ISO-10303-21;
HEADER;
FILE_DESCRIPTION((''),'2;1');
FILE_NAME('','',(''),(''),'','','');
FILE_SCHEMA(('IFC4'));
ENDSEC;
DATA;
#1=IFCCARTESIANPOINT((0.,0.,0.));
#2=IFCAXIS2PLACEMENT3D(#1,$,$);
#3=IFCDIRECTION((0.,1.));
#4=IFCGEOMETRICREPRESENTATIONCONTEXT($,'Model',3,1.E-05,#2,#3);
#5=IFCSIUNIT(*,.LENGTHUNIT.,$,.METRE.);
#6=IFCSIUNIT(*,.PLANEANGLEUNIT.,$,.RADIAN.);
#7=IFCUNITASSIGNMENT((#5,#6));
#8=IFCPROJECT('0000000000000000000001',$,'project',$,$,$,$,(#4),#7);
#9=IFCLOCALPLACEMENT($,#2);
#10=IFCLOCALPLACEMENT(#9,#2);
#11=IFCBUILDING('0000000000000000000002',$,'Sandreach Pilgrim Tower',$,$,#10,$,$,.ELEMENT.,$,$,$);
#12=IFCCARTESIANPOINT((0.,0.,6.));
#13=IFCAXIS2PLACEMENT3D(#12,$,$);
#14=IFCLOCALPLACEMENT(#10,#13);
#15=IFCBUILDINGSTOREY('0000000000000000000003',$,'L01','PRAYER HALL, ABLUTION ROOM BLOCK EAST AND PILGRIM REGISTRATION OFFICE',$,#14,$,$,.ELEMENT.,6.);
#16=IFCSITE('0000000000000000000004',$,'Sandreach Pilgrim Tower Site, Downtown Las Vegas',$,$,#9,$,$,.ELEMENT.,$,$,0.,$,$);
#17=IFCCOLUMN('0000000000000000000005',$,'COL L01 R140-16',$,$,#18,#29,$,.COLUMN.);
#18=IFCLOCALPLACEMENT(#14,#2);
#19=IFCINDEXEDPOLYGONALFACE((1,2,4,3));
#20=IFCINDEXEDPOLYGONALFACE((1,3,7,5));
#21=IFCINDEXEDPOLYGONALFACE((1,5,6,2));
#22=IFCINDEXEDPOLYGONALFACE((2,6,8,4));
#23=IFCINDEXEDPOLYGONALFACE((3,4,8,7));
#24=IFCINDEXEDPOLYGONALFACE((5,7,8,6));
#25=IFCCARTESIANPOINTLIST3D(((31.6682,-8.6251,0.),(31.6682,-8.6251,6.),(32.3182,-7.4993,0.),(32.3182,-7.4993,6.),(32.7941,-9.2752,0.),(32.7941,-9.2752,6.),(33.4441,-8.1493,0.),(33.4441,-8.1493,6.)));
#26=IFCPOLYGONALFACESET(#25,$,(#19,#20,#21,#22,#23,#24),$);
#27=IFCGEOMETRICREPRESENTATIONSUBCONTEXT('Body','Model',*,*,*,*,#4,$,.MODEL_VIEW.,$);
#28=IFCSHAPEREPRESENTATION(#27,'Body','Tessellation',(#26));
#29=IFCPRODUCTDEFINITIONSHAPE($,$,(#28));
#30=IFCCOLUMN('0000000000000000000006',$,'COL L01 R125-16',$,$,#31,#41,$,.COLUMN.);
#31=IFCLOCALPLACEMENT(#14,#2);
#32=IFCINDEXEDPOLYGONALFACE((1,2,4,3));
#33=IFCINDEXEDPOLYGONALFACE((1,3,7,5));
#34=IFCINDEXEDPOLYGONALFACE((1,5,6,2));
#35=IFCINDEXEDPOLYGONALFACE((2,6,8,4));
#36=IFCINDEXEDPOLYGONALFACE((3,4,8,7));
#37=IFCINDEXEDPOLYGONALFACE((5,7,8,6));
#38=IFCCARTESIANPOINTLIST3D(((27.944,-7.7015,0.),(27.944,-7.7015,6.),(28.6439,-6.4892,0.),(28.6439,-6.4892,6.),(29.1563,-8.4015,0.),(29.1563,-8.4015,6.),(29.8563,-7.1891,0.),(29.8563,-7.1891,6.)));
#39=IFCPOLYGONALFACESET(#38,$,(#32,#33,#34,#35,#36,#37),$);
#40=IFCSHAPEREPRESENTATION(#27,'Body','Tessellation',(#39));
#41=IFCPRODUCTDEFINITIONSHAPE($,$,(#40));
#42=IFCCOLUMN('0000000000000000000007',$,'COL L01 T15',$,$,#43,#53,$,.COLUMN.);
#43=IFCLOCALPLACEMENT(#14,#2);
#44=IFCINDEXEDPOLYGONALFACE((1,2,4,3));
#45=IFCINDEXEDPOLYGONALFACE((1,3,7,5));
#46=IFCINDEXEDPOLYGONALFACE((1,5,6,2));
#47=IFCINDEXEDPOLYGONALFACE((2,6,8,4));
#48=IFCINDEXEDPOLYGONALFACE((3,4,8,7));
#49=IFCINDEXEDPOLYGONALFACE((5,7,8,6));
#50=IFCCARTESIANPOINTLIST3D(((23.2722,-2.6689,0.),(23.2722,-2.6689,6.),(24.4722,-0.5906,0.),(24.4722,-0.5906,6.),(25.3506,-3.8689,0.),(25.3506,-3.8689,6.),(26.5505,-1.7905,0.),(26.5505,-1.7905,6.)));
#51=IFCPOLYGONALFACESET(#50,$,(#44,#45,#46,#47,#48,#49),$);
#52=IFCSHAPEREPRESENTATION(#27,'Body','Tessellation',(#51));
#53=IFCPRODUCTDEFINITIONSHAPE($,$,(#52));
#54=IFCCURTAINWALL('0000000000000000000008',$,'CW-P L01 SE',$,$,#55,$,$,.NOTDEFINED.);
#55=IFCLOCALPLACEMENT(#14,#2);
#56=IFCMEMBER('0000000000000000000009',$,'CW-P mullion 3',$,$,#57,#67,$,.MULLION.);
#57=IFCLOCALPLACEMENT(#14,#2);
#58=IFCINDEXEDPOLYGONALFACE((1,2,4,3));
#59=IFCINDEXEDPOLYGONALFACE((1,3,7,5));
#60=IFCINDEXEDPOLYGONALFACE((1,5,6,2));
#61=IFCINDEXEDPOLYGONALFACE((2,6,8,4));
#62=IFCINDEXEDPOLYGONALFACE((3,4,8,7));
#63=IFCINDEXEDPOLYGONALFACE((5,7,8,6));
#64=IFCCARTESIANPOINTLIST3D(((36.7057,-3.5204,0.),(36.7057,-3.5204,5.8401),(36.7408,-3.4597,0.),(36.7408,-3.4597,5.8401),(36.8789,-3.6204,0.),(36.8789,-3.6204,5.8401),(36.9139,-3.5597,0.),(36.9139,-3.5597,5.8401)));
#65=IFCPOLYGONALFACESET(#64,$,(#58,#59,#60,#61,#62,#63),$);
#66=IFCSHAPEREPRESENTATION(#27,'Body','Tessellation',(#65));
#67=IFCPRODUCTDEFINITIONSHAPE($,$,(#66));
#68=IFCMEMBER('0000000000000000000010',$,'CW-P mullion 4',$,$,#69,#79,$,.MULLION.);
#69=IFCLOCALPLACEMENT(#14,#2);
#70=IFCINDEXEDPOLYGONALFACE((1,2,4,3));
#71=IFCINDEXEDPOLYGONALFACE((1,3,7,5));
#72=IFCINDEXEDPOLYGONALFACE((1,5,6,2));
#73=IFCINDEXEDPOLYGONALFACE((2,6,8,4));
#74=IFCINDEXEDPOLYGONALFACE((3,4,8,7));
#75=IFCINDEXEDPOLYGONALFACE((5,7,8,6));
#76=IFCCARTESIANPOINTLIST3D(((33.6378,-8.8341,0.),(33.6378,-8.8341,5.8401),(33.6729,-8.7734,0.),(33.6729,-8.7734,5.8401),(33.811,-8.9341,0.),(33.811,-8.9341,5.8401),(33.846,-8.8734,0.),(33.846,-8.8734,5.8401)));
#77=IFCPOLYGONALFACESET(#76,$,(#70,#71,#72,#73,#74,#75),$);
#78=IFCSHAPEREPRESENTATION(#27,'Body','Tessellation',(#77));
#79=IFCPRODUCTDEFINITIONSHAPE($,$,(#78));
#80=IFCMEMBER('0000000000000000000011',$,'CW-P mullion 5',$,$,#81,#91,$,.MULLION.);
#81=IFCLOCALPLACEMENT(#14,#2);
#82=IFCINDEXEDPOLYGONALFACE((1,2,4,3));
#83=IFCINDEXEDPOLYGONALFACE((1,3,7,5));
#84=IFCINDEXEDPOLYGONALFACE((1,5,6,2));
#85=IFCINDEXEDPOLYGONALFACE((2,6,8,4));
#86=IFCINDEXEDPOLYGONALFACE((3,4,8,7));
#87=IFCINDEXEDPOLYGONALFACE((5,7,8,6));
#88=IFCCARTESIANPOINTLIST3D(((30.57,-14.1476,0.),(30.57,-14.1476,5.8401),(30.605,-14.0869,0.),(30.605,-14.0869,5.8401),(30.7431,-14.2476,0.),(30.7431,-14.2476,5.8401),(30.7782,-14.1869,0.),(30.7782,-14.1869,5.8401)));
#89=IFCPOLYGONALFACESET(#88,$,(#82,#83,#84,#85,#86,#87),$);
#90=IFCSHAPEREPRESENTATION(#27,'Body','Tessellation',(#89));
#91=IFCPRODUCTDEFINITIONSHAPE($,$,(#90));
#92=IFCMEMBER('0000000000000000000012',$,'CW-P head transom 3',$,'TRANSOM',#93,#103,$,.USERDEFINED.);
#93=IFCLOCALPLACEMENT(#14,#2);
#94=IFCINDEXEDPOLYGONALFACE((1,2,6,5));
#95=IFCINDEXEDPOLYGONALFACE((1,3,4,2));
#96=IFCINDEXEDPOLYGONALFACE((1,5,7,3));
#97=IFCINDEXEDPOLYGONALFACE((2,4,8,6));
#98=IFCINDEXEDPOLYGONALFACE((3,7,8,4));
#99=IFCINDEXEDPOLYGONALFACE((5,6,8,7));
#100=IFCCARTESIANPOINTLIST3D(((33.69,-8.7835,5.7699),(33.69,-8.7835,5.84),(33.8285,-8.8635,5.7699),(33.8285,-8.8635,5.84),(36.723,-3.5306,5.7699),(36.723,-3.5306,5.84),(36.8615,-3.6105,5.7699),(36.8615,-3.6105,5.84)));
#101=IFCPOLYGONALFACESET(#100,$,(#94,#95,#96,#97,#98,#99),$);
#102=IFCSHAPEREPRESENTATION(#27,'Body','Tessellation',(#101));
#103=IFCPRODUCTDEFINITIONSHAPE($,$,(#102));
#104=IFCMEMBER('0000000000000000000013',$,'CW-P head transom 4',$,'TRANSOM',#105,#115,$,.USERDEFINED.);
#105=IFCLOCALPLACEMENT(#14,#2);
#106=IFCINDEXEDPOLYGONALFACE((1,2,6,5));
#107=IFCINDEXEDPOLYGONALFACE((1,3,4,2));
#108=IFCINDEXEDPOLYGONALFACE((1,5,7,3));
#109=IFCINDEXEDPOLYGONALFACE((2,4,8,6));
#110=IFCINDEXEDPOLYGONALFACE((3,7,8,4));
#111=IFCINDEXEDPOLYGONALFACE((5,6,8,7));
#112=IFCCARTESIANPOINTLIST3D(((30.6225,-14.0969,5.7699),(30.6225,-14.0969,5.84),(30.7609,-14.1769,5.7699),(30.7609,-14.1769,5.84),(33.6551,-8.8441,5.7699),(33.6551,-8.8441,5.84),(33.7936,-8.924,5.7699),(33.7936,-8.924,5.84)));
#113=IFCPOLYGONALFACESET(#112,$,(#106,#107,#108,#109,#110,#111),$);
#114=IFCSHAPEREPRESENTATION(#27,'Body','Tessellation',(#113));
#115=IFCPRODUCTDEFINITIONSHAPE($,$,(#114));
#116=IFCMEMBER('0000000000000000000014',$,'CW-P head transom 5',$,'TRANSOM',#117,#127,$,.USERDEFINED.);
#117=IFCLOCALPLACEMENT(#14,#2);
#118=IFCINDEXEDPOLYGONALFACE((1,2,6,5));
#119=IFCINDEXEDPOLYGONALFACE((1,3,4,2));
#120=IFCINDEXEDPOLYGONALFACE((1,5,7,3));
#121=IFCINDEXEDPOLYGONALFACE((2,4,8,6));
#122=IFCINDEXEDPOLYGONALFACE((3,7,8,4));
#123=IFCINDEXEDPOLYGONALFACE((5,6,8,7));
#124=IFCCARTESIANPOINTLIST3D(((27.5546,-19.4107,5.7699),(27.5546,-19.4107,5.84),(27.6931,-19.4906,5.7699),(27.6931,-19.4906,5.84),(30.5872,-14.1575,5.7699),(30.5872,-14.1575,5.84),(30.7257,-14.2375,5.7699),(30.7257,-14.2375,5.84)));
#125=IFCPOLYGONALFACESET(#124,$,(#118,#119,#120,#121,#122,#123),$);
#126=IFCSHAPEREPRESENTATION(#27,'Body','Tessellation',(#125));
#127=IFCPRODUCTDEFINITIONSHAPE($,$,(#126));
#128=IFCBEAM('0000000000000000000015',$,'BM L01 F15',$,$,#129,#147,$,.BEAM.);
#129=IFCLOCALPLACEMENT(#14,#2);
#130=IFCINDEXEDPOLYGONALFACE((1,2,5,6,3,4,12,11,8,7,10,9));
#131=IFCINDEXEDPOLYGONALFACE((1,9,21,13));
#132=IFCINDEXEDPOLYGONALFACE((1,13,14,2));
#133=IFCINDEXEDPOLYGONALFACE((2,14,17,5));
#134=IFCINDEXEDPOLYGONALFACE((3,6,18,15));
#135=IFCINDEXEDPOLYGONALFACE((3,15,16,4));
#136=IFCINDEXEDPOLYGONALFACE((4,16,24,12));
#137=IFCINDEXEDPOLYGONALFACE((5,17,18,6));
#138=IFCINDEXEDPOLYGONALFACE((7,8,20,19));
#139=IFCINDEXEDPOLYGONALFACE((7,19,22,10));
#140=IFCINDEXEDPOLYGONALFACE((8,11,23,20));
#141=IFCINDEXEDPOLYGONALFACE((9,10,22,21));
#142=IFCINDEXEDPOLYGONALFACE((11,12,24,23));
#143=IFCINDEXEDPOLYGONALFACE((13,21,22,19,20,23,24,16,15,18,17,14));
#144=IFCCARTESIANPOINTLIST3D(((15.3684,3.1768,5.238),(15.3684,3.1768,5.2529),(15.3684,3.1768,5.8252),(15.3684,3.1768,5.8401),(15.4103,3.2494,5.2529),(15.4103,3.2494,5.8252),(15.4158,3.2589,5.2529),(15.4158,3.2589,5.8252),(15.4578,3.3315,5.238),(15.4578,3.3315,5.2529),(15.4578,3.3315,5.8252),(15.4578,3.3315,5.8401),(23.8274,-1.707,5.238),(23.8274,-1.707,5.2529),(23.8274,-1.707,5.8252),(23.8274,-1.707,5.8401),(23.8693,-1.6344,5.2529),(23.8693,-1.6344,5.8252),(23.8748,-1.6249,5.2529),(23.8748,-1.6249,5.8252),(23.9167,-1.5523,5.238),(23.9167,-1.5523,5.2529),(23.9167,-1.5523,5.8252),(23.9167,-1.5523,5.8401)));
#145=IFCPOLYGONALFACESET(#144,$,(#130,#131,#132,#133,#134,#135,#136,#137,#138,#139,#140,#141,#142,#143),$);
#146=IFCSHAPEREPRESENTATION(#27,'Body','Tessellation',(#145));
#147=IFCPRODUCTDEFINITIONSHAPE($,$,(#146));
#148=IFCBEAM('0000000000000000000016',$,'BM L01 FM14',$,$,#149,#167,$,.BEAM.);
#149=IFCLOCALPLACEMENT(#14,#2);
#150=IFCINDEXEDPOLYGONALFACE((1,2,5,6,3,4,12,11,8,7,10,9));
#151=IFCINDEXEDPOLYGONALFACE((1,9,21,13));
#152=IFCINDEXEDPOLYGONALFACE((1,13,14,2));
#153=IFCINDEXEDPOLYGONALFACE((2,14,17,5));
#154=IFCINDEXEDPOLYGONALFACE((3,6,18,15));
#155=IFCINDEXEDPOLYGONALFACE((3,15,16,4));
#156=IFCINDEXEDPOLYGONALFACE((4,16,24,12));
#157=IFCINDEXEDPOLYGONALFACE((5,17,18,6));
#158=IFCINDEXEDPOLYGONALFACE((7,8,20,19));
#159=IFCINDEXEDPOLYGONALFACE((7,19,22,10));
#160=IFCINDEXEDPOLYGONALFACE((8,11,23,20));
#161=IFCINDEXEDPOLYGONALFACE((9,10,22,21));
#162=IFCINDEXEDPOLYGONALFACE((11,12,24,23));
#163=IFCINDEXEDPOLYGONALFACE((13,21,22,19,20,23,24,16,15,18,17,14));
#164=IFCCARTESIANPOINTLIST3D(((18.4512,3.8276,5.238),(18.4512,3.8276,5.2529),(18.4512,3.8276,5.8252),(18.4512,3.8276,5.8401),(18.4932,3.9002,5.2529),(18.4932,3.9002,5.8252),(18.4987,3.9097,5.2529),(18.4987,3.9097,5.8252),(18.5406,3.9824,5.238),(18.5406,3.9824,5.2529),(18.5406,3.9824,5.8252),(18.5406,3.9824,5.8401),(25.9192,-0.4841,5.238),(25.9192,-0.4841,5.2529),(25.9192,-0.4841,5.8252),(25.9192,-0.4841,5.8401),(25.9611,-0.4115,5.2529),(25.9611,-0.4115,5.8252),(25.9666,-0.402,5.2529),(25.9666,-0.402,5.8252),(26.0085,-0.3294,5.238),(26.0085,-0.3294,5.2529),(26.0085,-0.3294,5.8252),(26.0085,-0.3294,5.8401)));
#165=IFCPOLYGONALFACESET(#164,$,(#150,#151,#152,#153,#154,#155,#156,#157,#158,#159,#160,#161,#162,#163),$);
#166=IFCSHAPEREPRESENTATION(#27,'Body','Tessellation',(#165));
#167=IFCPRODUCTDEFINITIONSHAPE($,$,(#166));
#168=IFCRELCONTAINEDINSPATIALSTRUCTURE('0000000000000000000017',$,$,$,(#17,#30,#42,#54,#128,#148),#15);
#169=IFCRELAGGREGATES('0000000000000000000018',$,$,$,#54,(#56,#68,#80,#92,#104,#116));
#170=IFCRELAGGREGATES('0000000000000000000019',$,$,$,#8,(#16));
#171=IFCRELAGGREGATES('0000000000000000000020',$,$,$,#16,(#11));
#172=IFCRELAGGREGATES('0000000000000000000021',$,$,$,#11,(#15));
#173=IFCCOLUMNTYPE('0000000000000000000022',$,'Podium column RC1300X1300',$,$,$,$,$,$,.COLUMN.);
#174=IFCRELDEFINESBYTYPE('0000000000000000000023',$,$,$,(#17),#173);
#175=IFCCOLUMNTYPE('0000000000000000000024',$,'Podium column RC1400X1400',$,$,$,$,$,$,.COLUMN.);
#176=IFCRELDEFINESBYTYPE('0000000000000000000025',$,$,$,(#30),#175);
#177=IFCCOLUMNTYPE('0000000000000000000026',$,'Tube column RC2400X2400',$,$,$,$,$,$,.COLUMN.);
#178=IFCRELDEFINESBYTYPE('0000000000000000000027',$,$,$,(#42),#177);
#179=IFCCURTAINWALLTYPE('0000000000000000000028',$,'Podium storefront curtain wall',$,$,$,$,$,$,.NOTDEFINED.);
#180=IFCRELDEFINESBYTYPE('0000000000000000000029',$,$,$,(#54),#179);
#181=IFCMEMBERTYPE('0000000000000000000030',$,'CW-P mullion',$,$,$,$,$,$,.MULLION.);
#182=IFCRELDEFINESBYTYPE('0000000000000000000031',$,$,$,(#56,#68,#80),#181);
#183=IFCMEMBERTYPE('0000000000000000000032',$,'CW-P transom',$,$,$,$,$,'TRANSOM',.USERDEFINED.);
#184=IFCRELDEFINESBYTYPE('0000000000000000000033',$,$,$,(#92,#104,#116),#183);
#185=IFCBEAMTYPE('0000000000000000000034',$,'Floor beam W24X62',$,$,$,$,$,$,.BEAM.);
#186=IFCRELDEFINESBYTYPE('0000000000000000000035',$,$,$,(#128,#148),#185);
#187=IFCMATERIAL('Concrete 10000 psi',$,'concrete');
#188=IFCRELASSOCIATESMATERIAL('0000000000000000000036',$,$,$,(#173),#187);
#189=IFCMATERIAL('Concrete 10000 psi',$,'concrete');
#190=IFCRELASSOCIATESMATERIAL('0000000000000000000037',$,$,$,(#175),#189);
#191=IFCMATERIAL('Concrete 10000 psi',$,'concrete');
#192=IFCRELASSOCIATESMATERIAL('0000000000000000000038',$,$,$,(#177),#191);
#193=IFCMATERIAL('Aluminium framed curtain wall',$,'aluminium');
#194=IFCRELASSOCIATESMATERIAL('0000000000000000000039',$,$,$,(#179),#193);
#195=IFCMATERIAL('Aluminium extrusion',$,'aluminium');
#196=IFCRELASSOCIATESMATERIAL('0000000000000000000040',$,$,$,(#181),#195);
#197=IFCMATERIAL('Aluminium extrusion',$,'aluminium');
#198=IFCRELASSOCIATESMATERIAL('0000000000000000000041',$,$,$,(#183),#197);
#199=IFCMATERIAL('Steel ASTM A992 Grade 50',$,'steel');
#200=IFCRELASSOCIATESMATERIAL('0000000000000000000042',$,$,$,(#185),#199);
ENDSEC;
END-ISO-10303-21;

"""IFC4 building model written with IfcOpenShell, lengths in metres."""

from ifc_helpers import new_model, si_unit, direction, frame, origin, origin_2d, place, context, subcontext, project, spatial, rectangle, i_section, extrude, material, material_profile, profile_set, type_object, element, aggregate, save


model = new_model("IFC4")

# Units and contexts
model_context = context("Model", 3, precision=1e-05, world=origin(), true_north=direction((0.0, 1.0)))
body_context = subcontext(model_context, "Body", "Model", "MODEL_VIEW")
ifc_project = project(units=[si_unit("LENGTHUNIT", "METRE"), si_unit("PLANEANGLEUNIT", "RADIAN")], contexts=[model_context])

# Site, building, storey
site_placement = place(None, origin())
site = spatial("IfcSite", under=ifc_project, at=site_placement, Name="Sandreach Pilgrim Tower Site, Downtown Las Vegas", CompositionType="ELEMENT", RefElevation=0.0)
building_placement = place(site_placement, origin())
building = spatial("IfcBuilding", under=site, at=building_placement, Name="Sandreach Pilgrim Tower", CompositionType="ELEMENT")
storey_placement = place(building_placement, frame((0.0, 0.0, 6.0)))
storey = spatial("IfcBuildingStorey", under=building, at=storey_placement, Name="L01", Description="PRAYER HALL, ABLUTION ROOM BLOCK EAST AND PILGRIM REGISTRATION OFFICE", CompositionType="ELEMENT", Elevation=6.0)

# Columns
ifc_material_1 = material(Name="Concrete 10000 psi", Category="concrete")
ifc_material_profile_1 = material_profile(ifc_material_1, rectangle(XDim=1.3, YDim=1.3, at=origin_2d()), Name="RC1300X1300")
ifc_profile_set_1 = profile_set([ifc_material_profile_1], Name="Concrete 10000 psi")
column_type_1 = type_object("IfcColumnType", Name="Podium column RC1300X1300", PredefinedType="COLUMN", material=ifc_profile_set_1)
column_1_placement = place(storey_placement, frame((32.5562, -8.3872, 0.0), z_axis=(0.0, 0.0, 1.0), x_axis=(0.866025, -0.5, 0.0)))
element("IfcColumn", 1, at=column_1_placement, inside=storey, type_object=column_type_1, Name="COL L01 R140-16", PredefinedType="COLUMN", context=body_context, shape_type="SweptSolid", body=[
    extrude(rectangle(XDim=1.3, YDim=1.3, at=origin_2d()), origin(), (0.0, 0.0, 1.0), 6.0),
])
ifc_material_2 = material(Name="Concrete 10000 psi", Category="concrete")
ifc_material_profile_2 = material_profile(ifc_material_2, rectangle(XDim=1.3999, YDim=1.3999, at=origin_2d()), Name="RC1400X1400")
ifc_profile_set_2 = profile_set([ifc_material_profile_2], Name="Concrete 10000 psi")
column_type_2 = type_object("IfcColumnType", Name="Podium column RC1400X1400", PredefinedType="COLUMN", material=ifc_profile_set_2)
column_2_placement = place(storey_placement, frame((28.9001, -7.4453, 0.0), z_axis=(0.0, 0.0, 1.0), x_axis=(0.866025, -0.5, 0.0)))
element("IfcColumn", 2, at=column_2_placement, inside=storey, type_object=column_type_2, Name="COL L01 R125-16", PredefinedType="COLUMN", context=body_context, shape_type="SweptSolid", body=[
    extrude(rectangle(XDim=1.3999, YDim=1.3999, at=origin_2d()), origin(), (0.0, 0.0, 1.0), 6.0),
])
ifc_material_3 = material(Name="Concrete 10000 psi", Category="concrete")
ifc_material_profile_3 = material_profile(ifc_material_3, rectangle(XDim=2.3999, YDim=2.3999, at=origin_2d()), Name="RC2400X2400")
ifc_profile_set_3 = profile_set([ifc_material_profile_3], Name="Concrete 10000 psi")
column_type_3 = type_object("IfcColumnType", Name="Tube column RC2400X2400", PredefinedType="COLUMN", material=ifc_profile_set_3)
column_3_placement = place(storey_placement, frame((24.9114, -2.2297, 0.0), z_axis=(0.0, 0.0, 1.0), x_axis=(0.866025, -0.5, 0.0)))
element("IfcColumn", 3, at=column_3_placement, inside=storey, type_object=column_type_3, Name="COL L01 T15", PredefinedType="COLUMN", context=body_context, shape_type="SweptSolid", body=[
    extrude(rectangle(XDim=2.3999, YDim=2.3999, at=origin_2d()), origin(), (0.0, 0.0, 1.0), 6.0),
])

# Curtain wall, members
ifc_material_4 = material(Name="Aluminium framed curtain wall", Category="aluminium")
curtain_wall_type = type_object("IfcCurtainWallType", Name="Podium storefront curtain wall", PredefinedType="NOTDEFINED", material=ifc_material_4)
curtain_wall_placement = place(storey_placement, origin())
curtain_wall = element("IfcCurtainWall", 4, at=curtain_wall_placement, inside=storey, type_object=curtain_wall_type, Name="CW-P L01 SE", PredefinedType="NOTDEFINED")
ifc_material_5 = material(Name="Aluminium extrusion", Category="aluminium")
ifc_material_profile_4 = material_profile(ifc_material_5, rectangle(XDim=0.0701, YDim=0.2, at=origin_2d()), Name="CW-PM 70X200")
ifc_profile_set_4 = profile_set([ifc_material_profile_4], Name="Aluminium extrusion")
member_type_1 = type_object("IfcMemberType", Name="CW-P mullion", PredefinedType="MULLION", material=ifc_profile_set_4)
member_1_placement = place(storey_placement, frame((36.8098, -3.54, 0.0), z_axis=(0.0, 0.0, 1.0), x_axis=(-0.5, -0.866025, 0.0)))
member_1 = element("IfcMember", 5, at=member_1_placement, type_object=member_type_1, Name="CW-P mullion 3", PredefinedType="MULLION", context=body_context, shape_type="SweptSolid", body=[
    extrude(rectangle(XDim=0.0701, YDim=0.2, at=origin_2d()), origin(), (0.0, 0.0, 1.0), 5.8401),
])
member_2_placement = place(storey_placement, frame((33.7419, -8.8538, 0.0), z_axis=(0.0, 0.0, 1.0), x_axis=(-0.5, -0.866025, 0.0)))
member_2 = element("IfcMember", 6, at=member_2_placement, type_object=member_type_1, Name="CW-P mullion 4", PredefinedType="MULLION", context=body_context, shape_type="SweptSolid", body=[
    extrude(rectangle(XDim=0.0701, YDim=0.2, at=origin_2d()), origin(), (0.0, 0.0, 1.0), 5.8401),
])
member_3_placement = place(storey_placement, frame((30.6741, -14.1672, 0.0), z_axis=(0.0, 0.0, 1.0), x_axis=(-0.5, -0.866025, 0.0)))
member_3 = element("IfcMember", 7, at=member_3_placement, type_object=member_type_1, Name="CW-P mullion 5", PredefinedType="MULLION", context=body_context, shape_type="SweptSolid", body=[
    extrude(rectangle(XDim=0.0701, YDim=0.2, at=origin_2d()), origin(), (0.0, 0.0, 1.0), 5.8401),
])
ifc_material_6 = material(Name="Aluminium extrusion", Category="aluminium")
ifc_material_profile_5 = material_profile(ifc_material_6, rectangle(XDim=0.1599, YDim=0.0701, at=origin_2d()), Name="CW-PT 160X70")
ifc_profile_set_5 = profile_set([ifc_material_profile_5], Name="Aluminium extrusion")
member_type_2 = type_object("IfcMemberType", Name="CW-P transom", ElementType="TRANSOM", PredefinedType="USERDEFINED", material=ifc_profile_set_5)
member_4_placement = place(storey_placement, frame((36.7922, -3.5706, 5.8049), z_axis=(-0.500022, -0.866013, 0.0), x_axis=(0.866013, -0.500022, 0.0)))
member_4 = element("IfcMember", 8, at=member_4_placement, type_object=member_type_2, Name="CW-P head transom 3", ObjectType="TRANSOM", PredefinedType="USERDEFINED", context=body_context, shape_type="SweptSolid", body=[
    extrude(rectangle(XDim=0.1599, YDim=0.0701, at=origin_2d()), origin(), (0.0, 0.0, 1.0), 6.0657),
])
member_5_placement = place(storey_placement, frame((33.7244, -8.884, 5.8049), z_axis=(-0.499992, -0.86603, 0.0), x_axis=(0.86603, -0.499992, 0.0)))
member_5 = element("IfcMember", 9, at=member_5_placement, type_object=member_type_2, Name="CW-P head transom 4", ObjectType="TRANSOM", PredefinedType="USERDEFINED", context=body_context, shape_type="SweptSolid", body=[
    extrude(rectangle(XDim=0.1599, YDim=0.0701, at=origin_2d()), origin(), (0.0, 0.0, 1.0), 6.0654),
])
member_6_placement = place(storey_placement, frame((30.6565, -14.1975, 5.8049), z_axis=(-0.499974, -0.86604, 0.0), x_axis=(0.86604, -0.499974, 0.0)))
member_6 = element("IfcMember", 10, at=member_6_placement, type_object=member_type_2, Name="CW-P head transom 5", ObjectType="TRANSOM", PredefinedType="USERDEFINED", context=body_context, shape_type="SweptSolid", body=[
    extrude(rectangle(XDim=0.1599, YDim=0.0701, at=origin_2d()), origin(), (0.0, 0.0, 1.0), 6.0657),
])

# Beams
ifc_material_7 = material(Name="Steel ASTM A992 Grade 50", Category="steel")
ifc_material_profile_6 = material_profile(ifc_material_7, i_section(OverallWidth=0.1787, OverallDepth=0.6021, WebThickness=0.011, FlangeThickness=0.0149, at=origin_2d()), Name="W24X62")
ifc_profile_set_6 = profile_set([ifc_material_profile_6], Name="Steel ASTM A992 Grade 50")
beam_type_1 = type_object("IfcBeamType", Name="Floor beam W24X62", PredefinedType="BEAM", material=ifc_profile_set_6)
beam_1_placement = place(storey_placement, frame((23.8721, -1.6296, 5.5391), z_axis=(-0.866026, 0.499999, 0.0), x_axis=(-0.499999, -0.866026, 0.0)))
element("IfcBeam", 11, at=beam_1_placement, inside=storey, type_object=beam_type_1, Name="BM L01 F15", PredefinedType="BEAM", context=body_context, shape_type="SweptSolid", body=[
    extrude(i_section(OverallWidth=0.1787, OverallDepth=0.6021, WebThickness=0.011, FlangeThickness=0.0149, at=origin_2d()), origin(), (0.0, 0.0, 1.0), 9.7676),
])
beam_2_placement = place(storey_placement, frame((25.9639, -0.4067, 5.5391), z_axis=(-0.86602, 0.500009, 0.0), x_axis=(-0.500009, -0.86602, 0.0)))
element("IfcBeam", 12, at=beam_2_placement, inside=storey, type_object=beam_type_1, Name="BM L01 FM14", PredefinedType="BEAM", context=body_context, shape_type="SweptSolid", body=[
    extrude(i_section(OverallWidth=0.1787, OverallDepth=0.6021, WebThickness=0.011, FlangeThickness=0.0149, at=origin_2d()), origin(), (0.0, 0.0, 1.0), 8.6233),
])

aggregate(curtain_wall, [member_1, member_2, member_3, member_4, member_5, member_6])

save(model, "model.ifc")
